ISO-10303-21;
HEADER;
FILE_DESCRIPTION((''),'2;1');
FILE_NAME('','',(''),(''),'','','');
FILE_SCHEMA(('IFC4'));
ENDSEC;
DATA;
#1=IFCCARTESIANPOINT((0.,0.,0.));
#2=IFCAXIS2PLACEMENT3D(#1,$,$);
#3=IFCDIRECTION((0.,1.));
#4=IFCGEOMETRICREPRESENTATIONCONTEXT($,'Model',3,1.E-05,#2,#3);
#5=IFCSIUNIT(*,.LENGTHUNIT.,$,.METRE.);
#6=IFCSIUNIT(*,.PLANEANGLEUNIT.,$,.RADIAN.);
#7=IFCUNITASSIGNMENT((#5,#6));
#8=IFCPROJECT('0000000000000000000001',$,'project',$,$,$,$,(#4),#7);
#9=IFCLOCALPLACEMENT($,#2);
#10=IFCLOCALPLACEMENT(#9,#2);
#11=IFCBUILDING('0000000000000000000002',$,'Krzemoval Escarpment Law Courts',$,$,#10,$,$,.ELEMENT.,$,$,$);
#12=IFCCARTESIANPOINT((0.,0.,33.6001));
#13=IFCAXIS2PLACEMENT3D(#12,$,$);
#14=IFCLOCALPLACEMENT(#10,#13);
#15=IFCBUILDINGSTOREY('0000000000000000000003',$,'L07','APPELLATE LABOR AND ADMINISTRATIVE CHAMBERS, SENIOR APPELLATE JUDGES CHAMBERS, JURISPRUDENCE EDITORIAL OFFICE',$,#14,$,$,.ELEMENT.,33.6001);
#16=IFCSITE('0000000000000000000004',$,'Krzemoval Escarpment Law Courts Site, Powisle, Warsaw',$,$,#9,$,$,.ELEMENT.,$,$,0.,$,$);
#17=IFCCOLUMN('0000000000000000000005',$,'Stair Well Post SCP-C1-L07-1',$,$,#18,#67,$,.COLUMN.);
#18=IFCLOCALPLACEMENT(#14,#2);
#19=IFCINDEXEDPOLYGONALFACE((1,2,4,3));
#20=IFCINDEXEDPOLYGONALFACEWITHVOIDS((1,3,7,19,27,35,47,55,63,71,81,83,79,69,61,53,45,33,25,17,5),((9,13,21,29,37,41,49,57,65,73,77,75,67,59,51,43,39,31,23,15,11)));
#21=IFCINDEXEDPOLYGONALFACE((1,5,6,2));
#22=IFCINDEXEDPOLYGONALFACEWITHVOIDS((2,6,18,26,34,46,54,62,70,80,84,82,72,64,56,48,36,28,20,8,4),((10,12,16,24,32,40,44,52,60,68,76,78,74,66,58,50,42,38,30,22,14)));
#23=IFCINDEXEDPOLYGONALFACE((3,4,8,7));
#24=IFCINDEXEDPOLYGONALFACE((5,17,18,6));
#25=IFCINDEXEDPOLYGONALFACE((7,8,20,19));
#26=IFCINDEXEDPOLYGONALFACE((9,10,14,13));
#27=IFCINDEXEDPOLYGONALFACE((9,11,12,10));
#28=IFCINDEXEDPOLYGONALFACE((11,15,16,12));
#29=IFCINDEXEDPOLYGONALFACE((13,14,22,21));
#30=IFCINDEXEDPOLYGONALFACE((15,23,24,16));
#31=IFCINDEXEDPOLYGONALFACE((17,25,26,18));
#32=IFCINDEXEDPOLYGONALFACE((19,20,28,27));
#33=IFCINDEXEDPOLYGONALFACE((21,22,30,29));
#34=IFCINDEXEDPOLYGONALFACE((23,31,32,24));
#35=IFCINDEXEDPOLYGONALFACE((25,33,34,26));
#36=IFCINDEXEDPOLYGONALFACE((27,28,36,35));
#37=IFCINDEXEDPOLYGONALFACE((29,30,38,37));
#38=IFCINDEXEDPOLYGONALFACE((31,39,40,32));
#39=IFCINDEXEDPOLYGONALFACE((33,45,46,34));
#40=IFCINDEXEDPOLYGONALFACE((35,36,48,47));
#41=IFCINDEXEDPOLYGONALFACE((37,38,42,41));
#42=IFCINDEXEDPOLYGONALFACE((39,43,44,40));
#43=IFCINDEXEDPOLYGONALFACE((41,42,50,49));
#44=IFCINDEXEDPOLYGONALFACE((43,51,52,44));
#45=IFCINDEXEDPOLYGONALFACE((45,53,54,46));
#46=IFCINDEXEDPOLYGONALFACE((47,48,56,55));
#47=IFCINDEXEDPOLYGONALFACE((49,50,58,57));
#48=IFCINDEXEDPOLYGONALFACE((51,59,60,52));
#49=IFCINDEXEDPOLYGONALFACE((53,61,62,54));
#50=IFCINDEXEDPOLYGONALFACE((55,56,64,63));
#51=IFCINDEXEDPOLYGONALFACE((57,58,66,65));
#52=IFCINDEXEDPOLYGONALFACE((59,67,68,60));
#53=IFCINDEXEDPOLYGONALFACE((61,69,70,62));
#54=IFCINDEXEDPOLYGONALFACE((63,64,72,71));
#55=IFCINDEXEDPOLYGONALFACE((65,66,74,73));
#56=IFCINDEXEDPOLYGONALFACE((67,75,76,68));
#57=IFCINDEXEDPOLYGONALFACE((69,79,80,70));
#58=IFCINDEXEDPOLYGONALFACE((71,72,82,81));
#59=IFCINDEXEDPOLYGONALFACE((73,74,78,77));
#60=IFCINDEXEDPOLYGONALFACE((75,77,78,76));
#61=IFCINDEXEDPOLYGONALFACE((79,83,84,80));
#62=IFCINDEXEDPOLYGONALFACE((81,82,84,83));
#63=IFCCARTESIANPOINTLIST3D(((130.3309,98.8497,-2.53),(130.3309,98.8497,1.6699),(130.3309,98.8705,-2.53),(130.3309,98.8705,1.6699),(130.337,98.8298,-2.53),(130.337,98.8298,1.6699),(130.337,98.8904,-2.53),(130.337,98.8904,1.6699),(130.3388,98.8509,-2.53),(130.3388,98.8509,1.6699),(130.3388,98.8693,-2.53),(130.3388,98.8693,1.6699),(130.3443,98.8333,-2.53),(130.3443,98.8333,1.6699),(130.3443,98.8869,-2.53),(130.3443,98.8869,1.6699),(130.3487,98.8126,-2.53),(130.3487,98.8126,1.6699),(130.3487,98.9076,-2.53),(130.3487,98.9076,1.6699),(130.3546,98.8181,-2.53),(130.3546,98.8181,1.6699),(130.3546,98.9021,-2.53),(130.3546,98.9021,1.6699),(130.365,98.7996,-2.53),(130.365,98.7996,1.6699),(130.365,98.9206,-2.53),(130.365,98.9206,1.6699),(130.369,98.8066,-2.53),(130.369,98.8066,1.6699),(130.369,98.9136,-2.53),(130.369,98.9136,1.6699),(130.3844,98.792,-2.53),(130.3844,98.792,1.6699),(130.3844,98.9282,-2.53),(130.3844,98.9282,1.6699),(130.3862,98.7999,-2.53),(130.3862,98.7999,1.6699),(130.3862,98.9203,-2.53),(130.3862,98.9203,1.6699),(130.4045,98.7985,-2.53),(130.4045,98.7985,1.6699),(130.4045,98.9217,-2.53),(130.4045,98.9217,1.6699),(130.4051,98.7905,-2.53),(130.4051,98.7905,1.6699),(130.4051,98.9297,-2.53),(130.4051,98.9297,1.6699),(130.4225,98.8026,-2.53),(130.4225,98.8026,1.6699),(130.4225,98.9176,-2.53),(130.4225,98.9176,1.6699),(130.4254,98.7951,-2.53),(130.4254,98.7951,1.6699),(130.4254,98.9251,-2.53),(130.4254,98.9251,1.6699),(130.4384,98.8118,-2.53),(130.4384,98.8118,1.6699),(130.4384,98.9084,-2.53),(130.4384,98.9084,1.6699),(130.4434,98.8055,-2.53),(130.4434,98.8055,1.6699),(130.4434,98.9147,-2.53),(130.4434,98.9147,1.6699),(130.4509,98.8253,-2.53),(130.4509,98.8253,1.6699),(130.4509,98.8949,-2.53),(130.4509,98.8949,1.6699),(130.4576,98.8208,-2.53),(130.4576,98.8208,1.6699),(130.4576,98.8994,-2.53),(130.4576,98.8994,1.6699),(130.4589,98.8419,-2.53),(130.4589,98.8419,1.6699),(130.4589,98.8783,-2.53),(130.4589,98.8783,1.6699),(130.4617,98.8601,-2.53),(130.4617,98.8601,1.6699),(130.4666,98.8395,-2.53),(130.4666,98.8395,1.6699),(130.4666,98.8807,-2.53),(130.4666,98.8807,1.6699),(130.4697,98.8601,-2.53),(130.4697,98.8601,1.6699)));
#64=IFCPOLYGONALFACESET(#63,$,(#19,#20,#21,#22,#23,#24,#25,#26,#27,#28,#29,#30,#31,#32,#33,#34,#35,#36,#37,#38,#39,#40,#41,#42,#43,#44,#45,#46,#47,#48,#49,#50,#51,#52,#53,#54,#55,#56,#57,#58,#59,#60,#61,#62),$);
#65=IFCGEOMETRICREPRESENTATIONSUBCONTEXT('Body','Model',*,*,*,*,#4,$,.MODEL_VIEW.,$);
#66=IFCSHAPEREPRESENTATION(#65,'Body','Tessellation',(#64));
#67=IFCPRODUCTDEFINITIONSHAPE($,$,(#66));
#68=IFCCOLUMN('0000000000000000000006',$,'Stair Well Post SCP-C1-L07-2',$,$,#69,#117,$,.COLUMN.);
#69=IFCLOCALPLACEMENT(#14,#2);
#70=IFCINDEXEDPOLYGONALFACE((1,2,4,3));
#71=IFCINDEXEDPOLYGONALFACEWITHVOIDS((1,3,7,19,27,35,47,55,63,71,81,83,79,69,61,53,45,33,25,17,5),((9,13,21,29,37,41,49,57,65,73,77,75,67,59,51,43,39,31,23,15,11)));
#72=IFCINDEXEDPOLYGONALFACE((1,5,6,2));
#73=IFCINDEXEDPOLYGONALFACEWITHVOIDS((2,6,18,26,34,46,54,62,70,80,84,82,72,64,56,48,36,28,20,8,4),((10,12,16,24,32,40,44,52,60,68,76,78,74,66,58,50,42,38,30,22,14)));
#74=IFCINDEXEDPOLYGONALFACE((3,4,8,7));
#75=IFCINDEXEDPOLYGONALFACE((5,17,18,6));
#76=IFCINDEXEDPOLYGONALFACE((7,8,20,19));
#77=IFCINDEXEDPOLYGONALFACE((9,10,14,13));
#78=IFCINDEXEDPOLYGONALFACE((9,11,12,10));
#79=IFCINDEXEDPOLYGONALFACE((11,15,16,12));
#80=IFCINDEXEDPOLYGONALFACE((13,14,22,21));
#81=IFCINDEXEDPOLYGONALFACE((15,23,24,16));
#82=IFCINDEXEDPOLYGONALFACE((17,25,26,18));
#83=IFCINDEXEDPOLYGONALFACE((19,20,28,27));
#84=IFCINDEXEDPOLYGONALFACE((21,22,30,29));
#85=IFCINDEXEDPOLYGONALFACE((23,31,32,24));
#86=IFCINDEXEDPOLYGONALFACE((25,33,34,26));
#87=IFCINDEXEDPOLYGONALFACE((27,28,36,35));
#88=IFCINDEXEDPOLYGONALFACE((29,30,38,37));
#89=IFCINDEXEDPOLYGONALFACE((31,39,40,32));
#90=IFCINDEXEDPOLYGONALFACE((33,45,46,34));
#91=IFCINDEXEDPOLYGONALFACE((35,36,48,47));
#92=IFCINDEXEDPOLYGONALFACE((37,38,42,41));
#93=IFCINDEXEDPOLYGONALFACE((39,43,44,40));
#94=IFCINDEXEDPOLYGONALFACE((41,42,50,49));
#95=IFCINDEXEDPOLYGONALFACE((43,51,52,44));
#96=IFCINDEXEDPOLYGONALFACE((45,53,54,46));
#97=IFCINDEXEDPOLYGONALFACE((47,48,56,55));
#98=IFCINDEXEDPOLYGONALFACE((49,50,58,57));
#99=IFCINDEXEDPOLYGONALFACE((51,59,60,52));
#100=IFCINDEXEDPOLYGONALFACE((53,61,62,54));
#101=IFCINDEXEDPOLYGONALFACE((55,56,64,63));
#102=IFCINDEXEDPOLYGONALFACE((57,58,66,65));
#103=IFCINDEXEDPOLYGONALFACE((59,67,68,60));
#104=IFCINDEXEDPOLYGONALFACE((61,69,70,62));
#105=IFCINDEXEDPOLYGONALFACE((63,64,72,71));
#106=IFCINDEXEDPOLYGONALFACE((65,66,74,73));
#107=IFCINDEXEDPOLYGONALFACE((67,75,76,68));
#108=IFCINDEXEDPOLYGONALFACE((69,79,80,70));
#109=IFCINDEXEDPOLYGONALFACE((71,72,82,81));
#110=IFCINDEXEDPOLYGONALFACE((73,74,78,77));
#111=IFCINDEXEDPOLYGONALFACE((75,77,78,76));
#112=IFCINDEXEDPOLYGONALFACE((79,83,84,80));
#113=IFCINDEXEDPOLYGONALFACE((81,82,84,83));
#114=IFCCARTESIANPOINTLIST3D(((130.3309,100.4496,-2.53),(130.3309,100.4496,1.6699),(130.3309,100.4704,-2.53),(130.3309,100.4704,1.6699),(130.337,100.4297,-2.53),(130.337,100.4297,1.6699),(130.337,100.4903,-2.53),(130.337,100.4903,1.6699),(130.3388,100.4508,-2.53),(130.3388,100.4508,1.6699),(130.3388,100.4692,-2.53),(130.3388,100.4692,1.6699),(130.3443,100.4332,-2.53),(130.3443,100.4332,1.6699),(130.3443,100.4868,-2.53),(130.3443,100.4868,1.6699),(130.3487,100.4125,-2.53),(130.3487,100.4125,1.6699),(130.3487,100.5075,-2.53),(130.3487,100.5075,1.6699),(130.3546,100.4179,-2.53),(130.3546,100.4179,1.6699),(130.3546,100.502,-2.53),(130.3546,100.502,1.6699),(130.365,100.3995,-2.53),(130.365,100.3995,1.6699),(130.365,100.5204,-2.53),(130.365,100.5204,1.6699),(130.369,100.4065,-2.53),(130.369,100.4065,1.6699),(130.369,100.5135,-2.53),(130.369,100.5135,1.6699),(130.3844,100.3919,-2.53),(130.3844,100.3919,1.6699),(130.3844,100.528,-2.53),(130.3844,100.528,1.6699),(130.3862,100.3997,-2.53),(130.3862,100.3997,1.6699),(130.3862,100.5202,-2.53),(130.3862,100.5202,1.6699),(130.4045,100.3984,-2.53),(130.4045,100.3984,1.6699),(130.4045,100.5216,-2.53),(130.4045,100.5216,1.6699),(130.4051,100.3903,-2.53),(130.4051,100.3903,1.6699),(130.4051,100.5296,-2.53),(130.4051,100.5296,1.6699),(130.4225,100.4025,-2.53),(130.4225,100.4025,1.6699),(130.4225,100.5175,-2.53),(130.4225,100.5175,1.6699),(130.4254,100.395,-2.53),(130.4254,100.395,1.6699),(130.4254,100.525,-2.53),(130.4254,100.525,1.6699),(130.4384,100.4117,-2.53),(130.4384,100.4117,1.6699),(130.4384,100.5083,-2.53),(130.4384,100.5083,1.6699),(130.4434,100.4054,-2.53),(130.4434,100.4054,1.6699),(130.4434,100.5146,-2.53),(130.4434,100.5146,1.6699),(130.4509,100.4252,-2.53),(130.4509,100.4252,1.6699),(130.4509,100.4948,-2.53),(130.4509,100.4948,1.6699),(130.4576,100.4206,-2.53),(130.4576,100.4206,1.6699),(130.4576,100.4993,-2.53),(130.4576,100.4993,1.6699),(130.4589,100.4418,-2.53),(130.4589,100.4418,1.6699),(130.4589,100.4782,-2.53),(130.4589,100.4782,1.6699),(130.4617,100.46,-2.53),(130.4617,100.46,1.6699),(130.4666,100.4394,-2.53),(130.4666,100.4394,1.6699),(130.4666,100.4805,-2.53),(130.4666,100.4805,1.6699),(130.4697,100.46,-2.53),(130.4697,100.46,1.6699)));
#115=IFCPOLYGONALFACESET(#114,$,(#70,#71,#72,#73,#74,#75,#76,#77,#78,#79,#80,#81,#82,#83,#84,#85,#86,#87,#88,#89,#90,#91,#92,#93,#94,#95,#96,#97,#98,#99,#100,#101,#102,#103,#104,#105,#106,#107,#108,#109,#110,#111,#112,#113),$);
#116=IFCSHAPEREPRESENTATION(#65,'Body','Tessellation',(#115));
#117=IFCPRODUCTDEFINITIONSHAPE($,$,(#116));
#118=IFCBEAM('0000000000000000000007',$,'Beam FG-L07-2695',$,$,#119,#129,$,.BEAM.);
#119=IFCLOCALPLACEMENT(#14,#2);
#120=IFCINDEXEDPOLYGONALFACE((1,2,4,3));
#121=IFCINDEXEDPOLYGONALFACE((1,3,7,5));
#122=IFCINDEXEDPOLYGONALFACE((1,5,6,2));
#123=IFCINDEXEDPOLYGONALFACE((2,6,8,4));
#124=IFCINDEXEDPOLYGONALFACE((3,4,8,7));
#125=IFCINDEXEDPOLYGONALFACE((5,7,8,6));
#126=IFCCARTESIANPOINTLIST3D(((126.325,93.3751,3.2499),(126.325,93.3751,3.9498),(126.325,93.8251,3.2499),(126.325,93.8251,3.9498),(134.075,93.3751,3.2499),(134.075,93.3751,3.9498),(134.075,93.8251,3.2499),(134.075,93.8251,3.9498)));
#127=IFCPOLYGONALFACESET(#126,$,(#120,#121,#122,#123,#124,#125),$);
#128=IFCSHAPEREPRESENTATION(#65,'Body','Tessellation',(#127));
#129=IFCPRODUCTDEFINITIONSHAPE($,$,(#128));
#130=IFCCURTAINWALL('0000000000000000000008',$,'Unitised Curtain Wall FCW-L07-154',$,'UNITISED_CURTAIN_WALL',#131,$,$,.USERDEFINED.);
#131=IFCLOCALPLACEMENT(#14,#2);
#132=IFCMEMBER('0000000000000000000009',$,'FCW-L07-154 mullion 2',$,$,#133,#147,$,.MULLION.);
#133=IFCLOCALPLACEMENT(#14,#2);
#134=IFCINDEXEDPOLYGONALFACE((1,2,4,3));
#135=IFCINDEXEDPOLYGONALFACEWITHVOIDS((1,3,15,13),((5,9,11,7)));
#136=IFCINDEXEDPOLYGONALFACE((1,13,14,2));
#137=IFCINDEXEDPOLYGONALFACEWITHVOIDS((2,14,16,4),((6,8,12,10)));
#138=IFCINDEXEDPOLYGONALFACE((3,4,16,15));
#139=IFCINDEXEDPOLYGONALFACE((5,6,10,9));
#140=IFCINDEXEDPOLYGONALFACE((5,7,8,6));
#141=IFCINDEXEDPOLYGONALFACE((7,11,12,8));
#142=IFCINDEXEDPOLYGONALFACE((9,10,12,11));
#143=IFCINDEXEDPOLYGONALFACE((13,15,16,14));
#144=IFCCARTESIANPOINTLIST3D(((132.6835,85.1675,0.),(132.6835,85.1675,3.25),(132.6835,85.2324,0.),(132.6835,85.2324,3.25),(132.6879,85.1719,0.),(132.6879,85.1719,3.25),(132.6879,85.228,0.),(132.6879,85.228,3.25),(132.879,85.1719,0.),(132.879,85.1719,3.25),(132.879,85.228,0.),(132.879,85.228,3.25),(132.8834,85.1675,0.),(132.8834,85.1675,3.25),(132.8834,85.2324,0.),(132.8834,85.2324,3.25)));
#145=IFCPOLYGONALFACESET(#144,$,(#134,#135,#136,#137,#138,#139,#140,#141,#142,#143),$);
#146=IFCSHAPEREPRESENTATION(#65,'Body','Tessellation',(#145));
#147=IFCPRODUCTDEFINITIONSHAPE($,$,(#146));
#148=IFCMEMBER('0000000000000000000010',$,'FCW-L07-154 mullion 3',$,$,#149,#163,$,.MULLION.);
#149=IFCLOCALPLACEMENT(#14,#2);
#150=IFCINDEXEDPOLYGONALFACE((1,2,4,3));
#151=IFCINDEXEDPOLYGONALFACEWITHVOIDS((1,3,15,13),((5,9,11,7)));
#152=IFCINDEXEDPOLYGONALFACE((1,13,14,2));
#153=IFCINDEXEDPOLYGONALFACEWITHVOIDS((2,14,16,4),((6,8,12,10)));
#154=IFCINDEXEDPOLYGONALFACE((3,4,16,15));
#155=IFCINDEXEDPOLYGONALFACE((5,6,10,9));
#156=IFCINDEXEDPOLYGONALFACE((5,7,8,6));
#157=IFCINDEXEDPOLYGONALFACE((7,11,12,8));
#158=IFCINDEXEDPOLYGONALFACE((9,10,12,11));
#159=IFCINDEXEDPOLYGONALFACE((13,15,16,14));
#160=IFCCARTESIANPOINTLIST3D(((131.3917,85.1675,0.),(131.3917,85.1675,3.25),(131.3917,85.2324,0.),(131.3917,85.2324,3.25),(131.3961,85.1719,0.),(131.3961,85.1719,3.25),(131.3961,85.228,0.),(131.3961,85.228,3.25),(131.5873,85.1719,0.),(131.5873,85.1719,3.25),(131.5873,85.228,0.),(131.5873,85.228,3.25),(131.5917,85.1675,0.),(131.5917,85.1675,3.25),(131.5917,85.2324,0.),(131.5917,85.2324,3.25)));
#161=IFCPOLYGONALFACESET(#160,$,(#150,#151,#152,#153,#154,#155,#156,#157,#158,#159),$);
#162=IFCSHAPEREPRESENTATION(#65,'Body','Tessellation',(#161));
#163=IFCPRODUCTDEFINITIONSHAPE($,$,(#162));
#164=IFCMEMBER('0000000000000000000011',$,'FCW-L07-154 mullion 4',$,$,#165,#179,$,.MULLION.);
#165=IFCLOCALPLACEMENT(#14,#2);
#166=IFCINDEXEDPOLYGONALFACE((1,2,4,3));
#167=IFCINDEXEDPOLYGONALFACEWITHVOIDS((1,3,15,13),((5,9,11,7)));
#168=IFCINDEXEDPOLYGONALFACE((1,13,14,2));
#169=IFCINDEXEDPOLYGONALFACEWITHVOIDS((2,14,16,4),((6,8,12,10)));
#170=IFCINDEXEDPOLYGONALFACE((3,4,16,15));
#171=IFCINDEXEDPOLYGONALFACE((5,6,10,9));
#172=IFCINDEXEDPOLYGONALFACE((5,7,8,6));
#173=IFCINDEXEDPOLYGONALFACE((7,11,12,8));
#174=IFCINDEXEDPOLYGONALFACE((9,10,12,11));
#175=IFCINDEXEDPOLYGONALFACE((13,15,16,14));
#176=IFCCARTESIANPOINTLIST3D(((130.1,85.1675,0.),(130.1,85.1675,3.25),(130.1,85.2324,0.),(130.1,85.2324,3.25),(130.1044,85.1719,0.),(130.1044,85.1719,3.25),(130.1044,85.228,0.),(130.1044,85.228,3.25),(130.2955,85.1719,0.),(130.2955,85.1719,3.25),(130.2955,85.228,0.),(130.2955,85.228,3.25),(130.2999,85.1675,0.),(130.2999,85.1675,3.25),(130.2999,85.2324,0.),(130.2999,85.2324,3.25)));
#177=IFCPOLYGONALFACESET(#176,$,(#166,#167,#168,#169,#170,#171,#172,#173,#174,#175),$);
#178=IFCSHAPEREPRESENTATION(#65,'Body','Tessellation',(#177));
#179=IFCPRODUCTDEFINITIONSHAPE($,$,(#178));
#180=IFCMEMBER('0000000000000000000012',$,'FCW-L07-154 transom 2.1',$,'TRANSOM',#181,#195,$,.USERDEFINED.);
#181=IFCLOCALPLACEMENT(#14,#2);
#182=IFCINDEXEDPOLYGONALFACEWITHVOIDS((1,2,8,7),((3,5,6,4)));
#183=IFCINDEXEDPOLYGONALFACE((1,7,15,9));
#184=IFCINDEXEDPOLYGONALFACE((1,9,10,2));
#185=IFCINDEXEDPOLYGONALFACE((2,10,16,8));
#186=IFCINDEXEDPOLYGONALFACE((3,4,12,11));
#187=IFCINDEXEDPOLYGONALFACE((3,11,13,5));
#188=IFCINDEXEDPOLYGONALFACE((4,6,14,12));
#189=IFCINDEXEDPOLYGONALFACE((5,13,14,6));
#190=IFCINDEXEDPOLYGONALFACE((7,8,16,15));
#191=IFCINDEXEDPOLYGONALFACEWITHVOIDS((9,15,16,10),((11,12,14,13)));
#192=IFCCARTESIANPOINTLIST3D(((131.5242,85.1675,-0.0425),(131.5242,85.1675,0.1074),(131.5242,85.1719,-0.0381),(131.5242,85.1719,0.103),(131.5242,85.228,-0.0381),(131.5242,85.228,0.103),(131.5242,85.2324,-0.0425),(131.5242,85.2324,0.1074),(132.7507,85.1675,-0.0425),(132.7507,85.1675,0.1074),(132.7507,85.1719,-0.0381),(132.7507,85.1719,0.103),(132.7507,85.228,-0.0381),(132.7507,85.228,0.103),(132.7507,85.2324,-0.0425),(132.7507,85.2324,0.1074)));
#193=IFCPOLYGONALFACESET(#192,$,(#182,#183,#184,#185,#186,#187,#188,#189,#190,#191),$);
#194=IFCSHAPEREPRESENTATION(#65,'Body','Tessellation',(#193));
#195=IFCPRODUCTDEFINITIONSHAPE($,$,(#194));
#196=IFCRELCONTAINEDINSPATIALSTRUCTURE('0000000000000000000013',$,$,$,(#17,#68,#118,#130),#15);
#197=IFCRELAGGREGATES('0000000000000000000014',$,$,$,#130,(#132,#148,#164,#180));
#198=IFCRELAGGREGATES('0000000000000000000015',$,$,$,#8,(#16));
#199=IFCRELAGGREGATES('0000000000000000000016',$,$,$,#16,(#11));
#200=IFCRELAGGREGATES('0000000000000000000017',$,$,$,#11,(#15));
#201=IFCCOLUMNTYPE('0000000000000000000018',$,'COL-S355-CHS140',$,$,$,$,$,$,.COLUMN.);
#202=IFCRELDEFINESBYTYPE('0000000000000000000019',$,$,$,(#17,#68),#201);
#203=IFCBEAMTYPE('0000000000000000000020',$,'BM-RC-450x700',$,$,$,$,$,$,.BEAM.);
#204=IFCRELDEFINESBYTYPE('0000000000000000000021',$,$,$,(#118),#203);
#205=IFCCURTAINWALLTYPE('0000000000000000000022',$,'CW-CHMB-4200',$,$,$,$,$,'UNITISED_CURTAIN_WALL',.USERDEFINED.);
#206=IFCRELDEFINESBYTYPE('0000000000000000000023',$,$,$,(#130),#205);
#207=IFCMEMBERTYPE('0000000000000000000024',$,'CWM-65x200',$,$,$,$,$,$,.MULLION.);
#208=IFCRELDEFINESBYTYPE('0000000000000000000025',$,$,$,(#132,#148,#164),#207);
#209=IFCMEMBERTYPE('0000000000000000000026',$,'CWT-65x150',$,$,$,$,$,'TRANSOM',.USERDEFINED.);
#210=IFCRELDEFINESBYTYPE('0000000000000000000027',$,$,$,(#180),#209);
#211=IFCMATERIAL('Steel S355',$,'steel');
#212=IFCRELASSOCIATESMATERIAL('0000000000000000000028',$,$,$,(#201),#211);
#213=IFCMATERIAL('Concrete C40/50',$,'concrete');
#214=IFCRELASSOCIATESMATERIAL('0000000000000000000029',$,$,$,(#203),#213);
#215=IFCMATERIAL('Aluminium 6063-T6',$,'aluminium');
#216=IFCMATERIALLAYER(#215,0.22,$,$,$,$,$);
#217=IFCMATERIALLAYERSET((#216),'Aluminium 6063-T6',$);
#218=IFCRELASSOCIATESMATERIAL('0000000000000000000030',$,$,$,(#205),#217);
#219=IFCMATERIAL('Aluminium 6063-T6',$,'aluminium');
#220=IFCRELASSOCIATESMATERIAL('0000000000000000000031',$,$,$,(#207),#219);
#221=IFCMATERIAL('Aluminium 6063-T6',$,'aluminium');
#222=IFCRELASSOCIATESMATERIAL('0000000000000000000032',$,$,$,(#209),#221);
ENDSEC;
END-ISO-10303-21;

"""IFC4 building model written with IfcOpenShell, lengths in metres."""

from ifc_helpers import new_model, si_unit, direction, frame, origin, origin_2d, place, context, subcontext, project, spatial, rectangle, hollow_rectangle, hollow_circle, extrude, material, layer, layer_set, material_profile, profile_set, type_object, element, aggregate, save


model = new_model("IFC4")

# Units and contexts
model_context = context("Model", 3, precision=1e-05, world=origin(), true_north=direction((0.0, 1.0)))
body_context = subcontext(model_context, "Body", "Model", "MODEL_VIEW")
ifc_project = project(units=[si_unit("LENGTHUNIT", "METRE"), si_unit("PLANEANGLEUNIT", "RADIAN")], contexts=[model_context])

# Site, building, storey
site_placement = place(None, origin())
site = spatial("IfcSite", under=ifc_project, at=site_placement, Name="Krzemoval Escarpment Law Courts Site, Powisle, Warsaw", CompositionType="ELEMENT", RefElevation=0.0)
building_placement = place(site_placement, origin())
building = spatial("IfcBuilding", under=site, at=building_placement, Name="Krzemoval Escarpment Law Courts", CompositionType="ELEMENT")
storey_placement = place(building_placement, frame((0.0, 0.0, 33.6001)))
storey = spatial("IfcBuildingStorey", under=building, at=storey_placement, Name="L07", Description="APPELLATE LABOR AND ADMINISTRATIVE CHAMBERS, SENIOR APPELLATE JUDGES CHAMBERS, JURISPRUDENCE EDITORIAL OFFICE", CompositionType="ELEMENT", Elevation=33.6001)

# Columns
ifc_material_1 = material(Name="Steel S355", Category="steel")
ifc_material_profile_1 = material_profile(ifc_material_1, hollow_circle(Radius=0.0698, WallThickness=0.0081, at=origin_2d()), Name="CHS 139.7x8")
ifc_profile_set_1 = profile_set([ifc_material_profile_1], Name="Steel S355")
column_type = type_object("IfcColumnType", Name="COL-S355-CHS140", PredefinedType="COLUMN", material=ifc_profile_set_1)
for number, where, z_axis, x_axis, name in (
    (1, (130.3999, 98.8601, -2.53), (0.0, 0.0, 1.0), (1.0, 0.0, 0.0), "Stair Well Post SCP-C1-L07-1"),
    (2, (130.3999, 100.46, -2.53), (0.0, 0.0, 1.0), (1.0, 0.0, 0.0), "Stair Well Post SCP-C1-L07-2"),
):
    element("IfcColumn", number, at=place(storey_placement, frame(where, z_axis=z_axis, x_axis=x_axis)), inside=storey, type_object=column_type, Name=name, PredefinedType="COLUMN", context=body_context, shape_type="SweptSolid", body=[
        extrude(hollow_circle(Radius=0.0698, WallThickness=0.0081, at=origin_2d()), origin(), (0.0, 0.0, 1.0), 4.2),
    ])

# Beam
ifc_material_2 = material(Name="Concrete C40/50", Category="concrete")
ifc_material_profile_2 = material_profile(ifc_material_2, rectangle(XDim=0.45, YDim=0.7, at=origin_2d()), Name="RCB 450x700")
ifc_profile_set_2 = profile_set([ifc_material_profile_2], Name="Concrete C40/50")
beam_type_1 = type_object("IfcBeamType", Name="BM-RC-450x700", PredefinedType="BEAM", material=ifc_profile_set_2)
beam_1_placement = place(storey_placement, frame((126.325, 93.6001, 3.5999), z_axis=(1.0, 0.0, 0.0), x_axis=(0.0, 1.0, 0.0)))
element("IfcBeam", 3, at=beam_1_placement, inside=storey, type_object=beam_type_1, Name="Beam FG-L07-2695", PredefinedType="BEAM", context=body_context, shape_type="SweptSolid", body=[
    extrude(rectangle(XDim=0.45, YDim=0.7, at=origin_2d()), origin(), (0.0, 0.0, 1.0), 7.75),
])

# Curtain wall, members
ifc_material_3 = material(Name="Aluminium 6063-T6", Category="aluminium")
ifc_layer_1 = layer(ifc_material_3, 0.22)
ifc_layer_set_1 = layer_set([ifc_layer_1], Name="Aluminium 6063-T6")
curtain_wall_type = type_object("IfcCurtainWallType", Name="CW-CHMB-4200", ElementType="UNITISED_CURTAIN_WALL", PredefinedType="USERDEFINED", material=ifc_layer_set_1)
curtain_wall_placement = place(storey_placement, origin())
curtain_wall = element("IfcCurtainWall", 4, at=curtain_wall_placement, inside=storey, type_object=curtain_wall_type, Name="Unitised Curtain Wall FCW-L07-154", ObjectType="UNITISED_CURTAIN_WALL", PredefinedType="USERDEFINED")
ifc_material_4 = material(Name="Aluminium 6063-T6", Category="aluminium")
ifc_material_profile_3 = material_profile(ifc_material_4, hollow_rectangle(XDim=0.0649, YDim=0.2, WallThickness=0.0044, at=origin_2d()), Name="ALU M65x200")
ifc_profile_set_3 = profile_set([ifc_material_profile_3], Name="Aluminium 6063-T6")
member_type_1 = type_object("IfcMemberType", Name="CWM-65x200", PredefinedType="MULLION", material=ifc_profile_set_3)
member_1_placement = place(storey_placement, frame((132.7834, 85.2, 0.0), z_axis=(0.0, 0.0, 1.0), x_axis=(0.0, -1.0, 0.0)))
member_1 = element("IfcMember", 5, at=member_1_placement, type_object=member_type_1, Name="FCW-L07-154 mullion 2", PredefinedType="MULLION", context=body_context, shape_type="SweptSolid", body=[
    extrude(hollow_rectangle(XDim=0.0649, YDim=0.2, WallThickness=0.0044, at=origin_2d()), origin(), (0.0, 0.0, 1.0), 3.25),
])
member_2_placement = place(storey_placement, frame((131.4917, 85.2, 0.0), z_axis=(0.0, 0.0, 1.0), x_axis=(0.0, -1.0, 0.0)))
member_2 = element("IfcMember", 6, at=member_2_placement, type_object=member_type_1, Name="FCW-L07-154 mullion 3", PredefinedType="MULLION", context=body_context, shape_type="SweptSolid", body=[
    extrude(hollow_rectangle(XDim=0.0649, YDim=0.2, WallThickness=0.0044, at=origin_2d()), origin(), (0.0, 0.0, 1.0), 3.25),
])
member_3_placement = place(storey_placement, frame((130.2, 85.2, 0.0), z_axis=(0.0, 0.0, 1.0), x_axis=(0.0, -1.0, 0.0)))
member_3 = element("IfcMember", 7, at=member_3_placement, type_object=member_type_1, Name="FCW-L07-154 mullion 4", PredefinedType="MULLION", context=body_context, shape_type="SweptSolid", body=[
    extrude(hollow_rectangle(XDim=0.0649, YDim=0.2, WallThickness=0.0044, at=origin_2d()), origin(), (0.0, 0.0, 1.0), 3.25),
])
ifc_material_5 = material(Name="Aluminium 6063-T6", Category="aluminium")
ifc_material_profile_4 = material_profile(ifc_material_5, hollow_rectangle(XDim=0.0649, YDim=0.1499, WallThickness=0.0044, at=origin_2d()), Name="ALU T65x150")
ifc_profile_set_4 = profile_set([ifc_material_profile_4], Name="Aluminium 6063-T6")
member_type_2 = type_object("IfcMemberType", Name="CWT-65x150", ElementType="TRANSOM", PredefinedType="USERDEFINED", material=ifc_profile_set_4)
member_4_placement = place(storey_placement, frame((132.7507, 85.2, 0.0325), z_axis=(-1.0, 0.0, 0.0), x_axis=(0.0, -1.0, 0.0)))
member_4 = element("IfcMember", 8, at=member_4_placement, type_object=member_type_2, Name="FCW-L07-154 transom 2.1", ObjectType="TRANSOM", PredefinedType="USERDEFINED", context=body_context, shape_type="SweptSolid", body=[
    extrude(hollow_rectangle(XDim=0.0649, YDim=0.1499, WallThickness=0.0044, at=origin_2d()), origin(), (0.0, 0.0, 1.0), 1.2266),
])

aggregate(curtain_wall, [member_1, member_2, member_3, member_4])

save(model, "model.ifc")
